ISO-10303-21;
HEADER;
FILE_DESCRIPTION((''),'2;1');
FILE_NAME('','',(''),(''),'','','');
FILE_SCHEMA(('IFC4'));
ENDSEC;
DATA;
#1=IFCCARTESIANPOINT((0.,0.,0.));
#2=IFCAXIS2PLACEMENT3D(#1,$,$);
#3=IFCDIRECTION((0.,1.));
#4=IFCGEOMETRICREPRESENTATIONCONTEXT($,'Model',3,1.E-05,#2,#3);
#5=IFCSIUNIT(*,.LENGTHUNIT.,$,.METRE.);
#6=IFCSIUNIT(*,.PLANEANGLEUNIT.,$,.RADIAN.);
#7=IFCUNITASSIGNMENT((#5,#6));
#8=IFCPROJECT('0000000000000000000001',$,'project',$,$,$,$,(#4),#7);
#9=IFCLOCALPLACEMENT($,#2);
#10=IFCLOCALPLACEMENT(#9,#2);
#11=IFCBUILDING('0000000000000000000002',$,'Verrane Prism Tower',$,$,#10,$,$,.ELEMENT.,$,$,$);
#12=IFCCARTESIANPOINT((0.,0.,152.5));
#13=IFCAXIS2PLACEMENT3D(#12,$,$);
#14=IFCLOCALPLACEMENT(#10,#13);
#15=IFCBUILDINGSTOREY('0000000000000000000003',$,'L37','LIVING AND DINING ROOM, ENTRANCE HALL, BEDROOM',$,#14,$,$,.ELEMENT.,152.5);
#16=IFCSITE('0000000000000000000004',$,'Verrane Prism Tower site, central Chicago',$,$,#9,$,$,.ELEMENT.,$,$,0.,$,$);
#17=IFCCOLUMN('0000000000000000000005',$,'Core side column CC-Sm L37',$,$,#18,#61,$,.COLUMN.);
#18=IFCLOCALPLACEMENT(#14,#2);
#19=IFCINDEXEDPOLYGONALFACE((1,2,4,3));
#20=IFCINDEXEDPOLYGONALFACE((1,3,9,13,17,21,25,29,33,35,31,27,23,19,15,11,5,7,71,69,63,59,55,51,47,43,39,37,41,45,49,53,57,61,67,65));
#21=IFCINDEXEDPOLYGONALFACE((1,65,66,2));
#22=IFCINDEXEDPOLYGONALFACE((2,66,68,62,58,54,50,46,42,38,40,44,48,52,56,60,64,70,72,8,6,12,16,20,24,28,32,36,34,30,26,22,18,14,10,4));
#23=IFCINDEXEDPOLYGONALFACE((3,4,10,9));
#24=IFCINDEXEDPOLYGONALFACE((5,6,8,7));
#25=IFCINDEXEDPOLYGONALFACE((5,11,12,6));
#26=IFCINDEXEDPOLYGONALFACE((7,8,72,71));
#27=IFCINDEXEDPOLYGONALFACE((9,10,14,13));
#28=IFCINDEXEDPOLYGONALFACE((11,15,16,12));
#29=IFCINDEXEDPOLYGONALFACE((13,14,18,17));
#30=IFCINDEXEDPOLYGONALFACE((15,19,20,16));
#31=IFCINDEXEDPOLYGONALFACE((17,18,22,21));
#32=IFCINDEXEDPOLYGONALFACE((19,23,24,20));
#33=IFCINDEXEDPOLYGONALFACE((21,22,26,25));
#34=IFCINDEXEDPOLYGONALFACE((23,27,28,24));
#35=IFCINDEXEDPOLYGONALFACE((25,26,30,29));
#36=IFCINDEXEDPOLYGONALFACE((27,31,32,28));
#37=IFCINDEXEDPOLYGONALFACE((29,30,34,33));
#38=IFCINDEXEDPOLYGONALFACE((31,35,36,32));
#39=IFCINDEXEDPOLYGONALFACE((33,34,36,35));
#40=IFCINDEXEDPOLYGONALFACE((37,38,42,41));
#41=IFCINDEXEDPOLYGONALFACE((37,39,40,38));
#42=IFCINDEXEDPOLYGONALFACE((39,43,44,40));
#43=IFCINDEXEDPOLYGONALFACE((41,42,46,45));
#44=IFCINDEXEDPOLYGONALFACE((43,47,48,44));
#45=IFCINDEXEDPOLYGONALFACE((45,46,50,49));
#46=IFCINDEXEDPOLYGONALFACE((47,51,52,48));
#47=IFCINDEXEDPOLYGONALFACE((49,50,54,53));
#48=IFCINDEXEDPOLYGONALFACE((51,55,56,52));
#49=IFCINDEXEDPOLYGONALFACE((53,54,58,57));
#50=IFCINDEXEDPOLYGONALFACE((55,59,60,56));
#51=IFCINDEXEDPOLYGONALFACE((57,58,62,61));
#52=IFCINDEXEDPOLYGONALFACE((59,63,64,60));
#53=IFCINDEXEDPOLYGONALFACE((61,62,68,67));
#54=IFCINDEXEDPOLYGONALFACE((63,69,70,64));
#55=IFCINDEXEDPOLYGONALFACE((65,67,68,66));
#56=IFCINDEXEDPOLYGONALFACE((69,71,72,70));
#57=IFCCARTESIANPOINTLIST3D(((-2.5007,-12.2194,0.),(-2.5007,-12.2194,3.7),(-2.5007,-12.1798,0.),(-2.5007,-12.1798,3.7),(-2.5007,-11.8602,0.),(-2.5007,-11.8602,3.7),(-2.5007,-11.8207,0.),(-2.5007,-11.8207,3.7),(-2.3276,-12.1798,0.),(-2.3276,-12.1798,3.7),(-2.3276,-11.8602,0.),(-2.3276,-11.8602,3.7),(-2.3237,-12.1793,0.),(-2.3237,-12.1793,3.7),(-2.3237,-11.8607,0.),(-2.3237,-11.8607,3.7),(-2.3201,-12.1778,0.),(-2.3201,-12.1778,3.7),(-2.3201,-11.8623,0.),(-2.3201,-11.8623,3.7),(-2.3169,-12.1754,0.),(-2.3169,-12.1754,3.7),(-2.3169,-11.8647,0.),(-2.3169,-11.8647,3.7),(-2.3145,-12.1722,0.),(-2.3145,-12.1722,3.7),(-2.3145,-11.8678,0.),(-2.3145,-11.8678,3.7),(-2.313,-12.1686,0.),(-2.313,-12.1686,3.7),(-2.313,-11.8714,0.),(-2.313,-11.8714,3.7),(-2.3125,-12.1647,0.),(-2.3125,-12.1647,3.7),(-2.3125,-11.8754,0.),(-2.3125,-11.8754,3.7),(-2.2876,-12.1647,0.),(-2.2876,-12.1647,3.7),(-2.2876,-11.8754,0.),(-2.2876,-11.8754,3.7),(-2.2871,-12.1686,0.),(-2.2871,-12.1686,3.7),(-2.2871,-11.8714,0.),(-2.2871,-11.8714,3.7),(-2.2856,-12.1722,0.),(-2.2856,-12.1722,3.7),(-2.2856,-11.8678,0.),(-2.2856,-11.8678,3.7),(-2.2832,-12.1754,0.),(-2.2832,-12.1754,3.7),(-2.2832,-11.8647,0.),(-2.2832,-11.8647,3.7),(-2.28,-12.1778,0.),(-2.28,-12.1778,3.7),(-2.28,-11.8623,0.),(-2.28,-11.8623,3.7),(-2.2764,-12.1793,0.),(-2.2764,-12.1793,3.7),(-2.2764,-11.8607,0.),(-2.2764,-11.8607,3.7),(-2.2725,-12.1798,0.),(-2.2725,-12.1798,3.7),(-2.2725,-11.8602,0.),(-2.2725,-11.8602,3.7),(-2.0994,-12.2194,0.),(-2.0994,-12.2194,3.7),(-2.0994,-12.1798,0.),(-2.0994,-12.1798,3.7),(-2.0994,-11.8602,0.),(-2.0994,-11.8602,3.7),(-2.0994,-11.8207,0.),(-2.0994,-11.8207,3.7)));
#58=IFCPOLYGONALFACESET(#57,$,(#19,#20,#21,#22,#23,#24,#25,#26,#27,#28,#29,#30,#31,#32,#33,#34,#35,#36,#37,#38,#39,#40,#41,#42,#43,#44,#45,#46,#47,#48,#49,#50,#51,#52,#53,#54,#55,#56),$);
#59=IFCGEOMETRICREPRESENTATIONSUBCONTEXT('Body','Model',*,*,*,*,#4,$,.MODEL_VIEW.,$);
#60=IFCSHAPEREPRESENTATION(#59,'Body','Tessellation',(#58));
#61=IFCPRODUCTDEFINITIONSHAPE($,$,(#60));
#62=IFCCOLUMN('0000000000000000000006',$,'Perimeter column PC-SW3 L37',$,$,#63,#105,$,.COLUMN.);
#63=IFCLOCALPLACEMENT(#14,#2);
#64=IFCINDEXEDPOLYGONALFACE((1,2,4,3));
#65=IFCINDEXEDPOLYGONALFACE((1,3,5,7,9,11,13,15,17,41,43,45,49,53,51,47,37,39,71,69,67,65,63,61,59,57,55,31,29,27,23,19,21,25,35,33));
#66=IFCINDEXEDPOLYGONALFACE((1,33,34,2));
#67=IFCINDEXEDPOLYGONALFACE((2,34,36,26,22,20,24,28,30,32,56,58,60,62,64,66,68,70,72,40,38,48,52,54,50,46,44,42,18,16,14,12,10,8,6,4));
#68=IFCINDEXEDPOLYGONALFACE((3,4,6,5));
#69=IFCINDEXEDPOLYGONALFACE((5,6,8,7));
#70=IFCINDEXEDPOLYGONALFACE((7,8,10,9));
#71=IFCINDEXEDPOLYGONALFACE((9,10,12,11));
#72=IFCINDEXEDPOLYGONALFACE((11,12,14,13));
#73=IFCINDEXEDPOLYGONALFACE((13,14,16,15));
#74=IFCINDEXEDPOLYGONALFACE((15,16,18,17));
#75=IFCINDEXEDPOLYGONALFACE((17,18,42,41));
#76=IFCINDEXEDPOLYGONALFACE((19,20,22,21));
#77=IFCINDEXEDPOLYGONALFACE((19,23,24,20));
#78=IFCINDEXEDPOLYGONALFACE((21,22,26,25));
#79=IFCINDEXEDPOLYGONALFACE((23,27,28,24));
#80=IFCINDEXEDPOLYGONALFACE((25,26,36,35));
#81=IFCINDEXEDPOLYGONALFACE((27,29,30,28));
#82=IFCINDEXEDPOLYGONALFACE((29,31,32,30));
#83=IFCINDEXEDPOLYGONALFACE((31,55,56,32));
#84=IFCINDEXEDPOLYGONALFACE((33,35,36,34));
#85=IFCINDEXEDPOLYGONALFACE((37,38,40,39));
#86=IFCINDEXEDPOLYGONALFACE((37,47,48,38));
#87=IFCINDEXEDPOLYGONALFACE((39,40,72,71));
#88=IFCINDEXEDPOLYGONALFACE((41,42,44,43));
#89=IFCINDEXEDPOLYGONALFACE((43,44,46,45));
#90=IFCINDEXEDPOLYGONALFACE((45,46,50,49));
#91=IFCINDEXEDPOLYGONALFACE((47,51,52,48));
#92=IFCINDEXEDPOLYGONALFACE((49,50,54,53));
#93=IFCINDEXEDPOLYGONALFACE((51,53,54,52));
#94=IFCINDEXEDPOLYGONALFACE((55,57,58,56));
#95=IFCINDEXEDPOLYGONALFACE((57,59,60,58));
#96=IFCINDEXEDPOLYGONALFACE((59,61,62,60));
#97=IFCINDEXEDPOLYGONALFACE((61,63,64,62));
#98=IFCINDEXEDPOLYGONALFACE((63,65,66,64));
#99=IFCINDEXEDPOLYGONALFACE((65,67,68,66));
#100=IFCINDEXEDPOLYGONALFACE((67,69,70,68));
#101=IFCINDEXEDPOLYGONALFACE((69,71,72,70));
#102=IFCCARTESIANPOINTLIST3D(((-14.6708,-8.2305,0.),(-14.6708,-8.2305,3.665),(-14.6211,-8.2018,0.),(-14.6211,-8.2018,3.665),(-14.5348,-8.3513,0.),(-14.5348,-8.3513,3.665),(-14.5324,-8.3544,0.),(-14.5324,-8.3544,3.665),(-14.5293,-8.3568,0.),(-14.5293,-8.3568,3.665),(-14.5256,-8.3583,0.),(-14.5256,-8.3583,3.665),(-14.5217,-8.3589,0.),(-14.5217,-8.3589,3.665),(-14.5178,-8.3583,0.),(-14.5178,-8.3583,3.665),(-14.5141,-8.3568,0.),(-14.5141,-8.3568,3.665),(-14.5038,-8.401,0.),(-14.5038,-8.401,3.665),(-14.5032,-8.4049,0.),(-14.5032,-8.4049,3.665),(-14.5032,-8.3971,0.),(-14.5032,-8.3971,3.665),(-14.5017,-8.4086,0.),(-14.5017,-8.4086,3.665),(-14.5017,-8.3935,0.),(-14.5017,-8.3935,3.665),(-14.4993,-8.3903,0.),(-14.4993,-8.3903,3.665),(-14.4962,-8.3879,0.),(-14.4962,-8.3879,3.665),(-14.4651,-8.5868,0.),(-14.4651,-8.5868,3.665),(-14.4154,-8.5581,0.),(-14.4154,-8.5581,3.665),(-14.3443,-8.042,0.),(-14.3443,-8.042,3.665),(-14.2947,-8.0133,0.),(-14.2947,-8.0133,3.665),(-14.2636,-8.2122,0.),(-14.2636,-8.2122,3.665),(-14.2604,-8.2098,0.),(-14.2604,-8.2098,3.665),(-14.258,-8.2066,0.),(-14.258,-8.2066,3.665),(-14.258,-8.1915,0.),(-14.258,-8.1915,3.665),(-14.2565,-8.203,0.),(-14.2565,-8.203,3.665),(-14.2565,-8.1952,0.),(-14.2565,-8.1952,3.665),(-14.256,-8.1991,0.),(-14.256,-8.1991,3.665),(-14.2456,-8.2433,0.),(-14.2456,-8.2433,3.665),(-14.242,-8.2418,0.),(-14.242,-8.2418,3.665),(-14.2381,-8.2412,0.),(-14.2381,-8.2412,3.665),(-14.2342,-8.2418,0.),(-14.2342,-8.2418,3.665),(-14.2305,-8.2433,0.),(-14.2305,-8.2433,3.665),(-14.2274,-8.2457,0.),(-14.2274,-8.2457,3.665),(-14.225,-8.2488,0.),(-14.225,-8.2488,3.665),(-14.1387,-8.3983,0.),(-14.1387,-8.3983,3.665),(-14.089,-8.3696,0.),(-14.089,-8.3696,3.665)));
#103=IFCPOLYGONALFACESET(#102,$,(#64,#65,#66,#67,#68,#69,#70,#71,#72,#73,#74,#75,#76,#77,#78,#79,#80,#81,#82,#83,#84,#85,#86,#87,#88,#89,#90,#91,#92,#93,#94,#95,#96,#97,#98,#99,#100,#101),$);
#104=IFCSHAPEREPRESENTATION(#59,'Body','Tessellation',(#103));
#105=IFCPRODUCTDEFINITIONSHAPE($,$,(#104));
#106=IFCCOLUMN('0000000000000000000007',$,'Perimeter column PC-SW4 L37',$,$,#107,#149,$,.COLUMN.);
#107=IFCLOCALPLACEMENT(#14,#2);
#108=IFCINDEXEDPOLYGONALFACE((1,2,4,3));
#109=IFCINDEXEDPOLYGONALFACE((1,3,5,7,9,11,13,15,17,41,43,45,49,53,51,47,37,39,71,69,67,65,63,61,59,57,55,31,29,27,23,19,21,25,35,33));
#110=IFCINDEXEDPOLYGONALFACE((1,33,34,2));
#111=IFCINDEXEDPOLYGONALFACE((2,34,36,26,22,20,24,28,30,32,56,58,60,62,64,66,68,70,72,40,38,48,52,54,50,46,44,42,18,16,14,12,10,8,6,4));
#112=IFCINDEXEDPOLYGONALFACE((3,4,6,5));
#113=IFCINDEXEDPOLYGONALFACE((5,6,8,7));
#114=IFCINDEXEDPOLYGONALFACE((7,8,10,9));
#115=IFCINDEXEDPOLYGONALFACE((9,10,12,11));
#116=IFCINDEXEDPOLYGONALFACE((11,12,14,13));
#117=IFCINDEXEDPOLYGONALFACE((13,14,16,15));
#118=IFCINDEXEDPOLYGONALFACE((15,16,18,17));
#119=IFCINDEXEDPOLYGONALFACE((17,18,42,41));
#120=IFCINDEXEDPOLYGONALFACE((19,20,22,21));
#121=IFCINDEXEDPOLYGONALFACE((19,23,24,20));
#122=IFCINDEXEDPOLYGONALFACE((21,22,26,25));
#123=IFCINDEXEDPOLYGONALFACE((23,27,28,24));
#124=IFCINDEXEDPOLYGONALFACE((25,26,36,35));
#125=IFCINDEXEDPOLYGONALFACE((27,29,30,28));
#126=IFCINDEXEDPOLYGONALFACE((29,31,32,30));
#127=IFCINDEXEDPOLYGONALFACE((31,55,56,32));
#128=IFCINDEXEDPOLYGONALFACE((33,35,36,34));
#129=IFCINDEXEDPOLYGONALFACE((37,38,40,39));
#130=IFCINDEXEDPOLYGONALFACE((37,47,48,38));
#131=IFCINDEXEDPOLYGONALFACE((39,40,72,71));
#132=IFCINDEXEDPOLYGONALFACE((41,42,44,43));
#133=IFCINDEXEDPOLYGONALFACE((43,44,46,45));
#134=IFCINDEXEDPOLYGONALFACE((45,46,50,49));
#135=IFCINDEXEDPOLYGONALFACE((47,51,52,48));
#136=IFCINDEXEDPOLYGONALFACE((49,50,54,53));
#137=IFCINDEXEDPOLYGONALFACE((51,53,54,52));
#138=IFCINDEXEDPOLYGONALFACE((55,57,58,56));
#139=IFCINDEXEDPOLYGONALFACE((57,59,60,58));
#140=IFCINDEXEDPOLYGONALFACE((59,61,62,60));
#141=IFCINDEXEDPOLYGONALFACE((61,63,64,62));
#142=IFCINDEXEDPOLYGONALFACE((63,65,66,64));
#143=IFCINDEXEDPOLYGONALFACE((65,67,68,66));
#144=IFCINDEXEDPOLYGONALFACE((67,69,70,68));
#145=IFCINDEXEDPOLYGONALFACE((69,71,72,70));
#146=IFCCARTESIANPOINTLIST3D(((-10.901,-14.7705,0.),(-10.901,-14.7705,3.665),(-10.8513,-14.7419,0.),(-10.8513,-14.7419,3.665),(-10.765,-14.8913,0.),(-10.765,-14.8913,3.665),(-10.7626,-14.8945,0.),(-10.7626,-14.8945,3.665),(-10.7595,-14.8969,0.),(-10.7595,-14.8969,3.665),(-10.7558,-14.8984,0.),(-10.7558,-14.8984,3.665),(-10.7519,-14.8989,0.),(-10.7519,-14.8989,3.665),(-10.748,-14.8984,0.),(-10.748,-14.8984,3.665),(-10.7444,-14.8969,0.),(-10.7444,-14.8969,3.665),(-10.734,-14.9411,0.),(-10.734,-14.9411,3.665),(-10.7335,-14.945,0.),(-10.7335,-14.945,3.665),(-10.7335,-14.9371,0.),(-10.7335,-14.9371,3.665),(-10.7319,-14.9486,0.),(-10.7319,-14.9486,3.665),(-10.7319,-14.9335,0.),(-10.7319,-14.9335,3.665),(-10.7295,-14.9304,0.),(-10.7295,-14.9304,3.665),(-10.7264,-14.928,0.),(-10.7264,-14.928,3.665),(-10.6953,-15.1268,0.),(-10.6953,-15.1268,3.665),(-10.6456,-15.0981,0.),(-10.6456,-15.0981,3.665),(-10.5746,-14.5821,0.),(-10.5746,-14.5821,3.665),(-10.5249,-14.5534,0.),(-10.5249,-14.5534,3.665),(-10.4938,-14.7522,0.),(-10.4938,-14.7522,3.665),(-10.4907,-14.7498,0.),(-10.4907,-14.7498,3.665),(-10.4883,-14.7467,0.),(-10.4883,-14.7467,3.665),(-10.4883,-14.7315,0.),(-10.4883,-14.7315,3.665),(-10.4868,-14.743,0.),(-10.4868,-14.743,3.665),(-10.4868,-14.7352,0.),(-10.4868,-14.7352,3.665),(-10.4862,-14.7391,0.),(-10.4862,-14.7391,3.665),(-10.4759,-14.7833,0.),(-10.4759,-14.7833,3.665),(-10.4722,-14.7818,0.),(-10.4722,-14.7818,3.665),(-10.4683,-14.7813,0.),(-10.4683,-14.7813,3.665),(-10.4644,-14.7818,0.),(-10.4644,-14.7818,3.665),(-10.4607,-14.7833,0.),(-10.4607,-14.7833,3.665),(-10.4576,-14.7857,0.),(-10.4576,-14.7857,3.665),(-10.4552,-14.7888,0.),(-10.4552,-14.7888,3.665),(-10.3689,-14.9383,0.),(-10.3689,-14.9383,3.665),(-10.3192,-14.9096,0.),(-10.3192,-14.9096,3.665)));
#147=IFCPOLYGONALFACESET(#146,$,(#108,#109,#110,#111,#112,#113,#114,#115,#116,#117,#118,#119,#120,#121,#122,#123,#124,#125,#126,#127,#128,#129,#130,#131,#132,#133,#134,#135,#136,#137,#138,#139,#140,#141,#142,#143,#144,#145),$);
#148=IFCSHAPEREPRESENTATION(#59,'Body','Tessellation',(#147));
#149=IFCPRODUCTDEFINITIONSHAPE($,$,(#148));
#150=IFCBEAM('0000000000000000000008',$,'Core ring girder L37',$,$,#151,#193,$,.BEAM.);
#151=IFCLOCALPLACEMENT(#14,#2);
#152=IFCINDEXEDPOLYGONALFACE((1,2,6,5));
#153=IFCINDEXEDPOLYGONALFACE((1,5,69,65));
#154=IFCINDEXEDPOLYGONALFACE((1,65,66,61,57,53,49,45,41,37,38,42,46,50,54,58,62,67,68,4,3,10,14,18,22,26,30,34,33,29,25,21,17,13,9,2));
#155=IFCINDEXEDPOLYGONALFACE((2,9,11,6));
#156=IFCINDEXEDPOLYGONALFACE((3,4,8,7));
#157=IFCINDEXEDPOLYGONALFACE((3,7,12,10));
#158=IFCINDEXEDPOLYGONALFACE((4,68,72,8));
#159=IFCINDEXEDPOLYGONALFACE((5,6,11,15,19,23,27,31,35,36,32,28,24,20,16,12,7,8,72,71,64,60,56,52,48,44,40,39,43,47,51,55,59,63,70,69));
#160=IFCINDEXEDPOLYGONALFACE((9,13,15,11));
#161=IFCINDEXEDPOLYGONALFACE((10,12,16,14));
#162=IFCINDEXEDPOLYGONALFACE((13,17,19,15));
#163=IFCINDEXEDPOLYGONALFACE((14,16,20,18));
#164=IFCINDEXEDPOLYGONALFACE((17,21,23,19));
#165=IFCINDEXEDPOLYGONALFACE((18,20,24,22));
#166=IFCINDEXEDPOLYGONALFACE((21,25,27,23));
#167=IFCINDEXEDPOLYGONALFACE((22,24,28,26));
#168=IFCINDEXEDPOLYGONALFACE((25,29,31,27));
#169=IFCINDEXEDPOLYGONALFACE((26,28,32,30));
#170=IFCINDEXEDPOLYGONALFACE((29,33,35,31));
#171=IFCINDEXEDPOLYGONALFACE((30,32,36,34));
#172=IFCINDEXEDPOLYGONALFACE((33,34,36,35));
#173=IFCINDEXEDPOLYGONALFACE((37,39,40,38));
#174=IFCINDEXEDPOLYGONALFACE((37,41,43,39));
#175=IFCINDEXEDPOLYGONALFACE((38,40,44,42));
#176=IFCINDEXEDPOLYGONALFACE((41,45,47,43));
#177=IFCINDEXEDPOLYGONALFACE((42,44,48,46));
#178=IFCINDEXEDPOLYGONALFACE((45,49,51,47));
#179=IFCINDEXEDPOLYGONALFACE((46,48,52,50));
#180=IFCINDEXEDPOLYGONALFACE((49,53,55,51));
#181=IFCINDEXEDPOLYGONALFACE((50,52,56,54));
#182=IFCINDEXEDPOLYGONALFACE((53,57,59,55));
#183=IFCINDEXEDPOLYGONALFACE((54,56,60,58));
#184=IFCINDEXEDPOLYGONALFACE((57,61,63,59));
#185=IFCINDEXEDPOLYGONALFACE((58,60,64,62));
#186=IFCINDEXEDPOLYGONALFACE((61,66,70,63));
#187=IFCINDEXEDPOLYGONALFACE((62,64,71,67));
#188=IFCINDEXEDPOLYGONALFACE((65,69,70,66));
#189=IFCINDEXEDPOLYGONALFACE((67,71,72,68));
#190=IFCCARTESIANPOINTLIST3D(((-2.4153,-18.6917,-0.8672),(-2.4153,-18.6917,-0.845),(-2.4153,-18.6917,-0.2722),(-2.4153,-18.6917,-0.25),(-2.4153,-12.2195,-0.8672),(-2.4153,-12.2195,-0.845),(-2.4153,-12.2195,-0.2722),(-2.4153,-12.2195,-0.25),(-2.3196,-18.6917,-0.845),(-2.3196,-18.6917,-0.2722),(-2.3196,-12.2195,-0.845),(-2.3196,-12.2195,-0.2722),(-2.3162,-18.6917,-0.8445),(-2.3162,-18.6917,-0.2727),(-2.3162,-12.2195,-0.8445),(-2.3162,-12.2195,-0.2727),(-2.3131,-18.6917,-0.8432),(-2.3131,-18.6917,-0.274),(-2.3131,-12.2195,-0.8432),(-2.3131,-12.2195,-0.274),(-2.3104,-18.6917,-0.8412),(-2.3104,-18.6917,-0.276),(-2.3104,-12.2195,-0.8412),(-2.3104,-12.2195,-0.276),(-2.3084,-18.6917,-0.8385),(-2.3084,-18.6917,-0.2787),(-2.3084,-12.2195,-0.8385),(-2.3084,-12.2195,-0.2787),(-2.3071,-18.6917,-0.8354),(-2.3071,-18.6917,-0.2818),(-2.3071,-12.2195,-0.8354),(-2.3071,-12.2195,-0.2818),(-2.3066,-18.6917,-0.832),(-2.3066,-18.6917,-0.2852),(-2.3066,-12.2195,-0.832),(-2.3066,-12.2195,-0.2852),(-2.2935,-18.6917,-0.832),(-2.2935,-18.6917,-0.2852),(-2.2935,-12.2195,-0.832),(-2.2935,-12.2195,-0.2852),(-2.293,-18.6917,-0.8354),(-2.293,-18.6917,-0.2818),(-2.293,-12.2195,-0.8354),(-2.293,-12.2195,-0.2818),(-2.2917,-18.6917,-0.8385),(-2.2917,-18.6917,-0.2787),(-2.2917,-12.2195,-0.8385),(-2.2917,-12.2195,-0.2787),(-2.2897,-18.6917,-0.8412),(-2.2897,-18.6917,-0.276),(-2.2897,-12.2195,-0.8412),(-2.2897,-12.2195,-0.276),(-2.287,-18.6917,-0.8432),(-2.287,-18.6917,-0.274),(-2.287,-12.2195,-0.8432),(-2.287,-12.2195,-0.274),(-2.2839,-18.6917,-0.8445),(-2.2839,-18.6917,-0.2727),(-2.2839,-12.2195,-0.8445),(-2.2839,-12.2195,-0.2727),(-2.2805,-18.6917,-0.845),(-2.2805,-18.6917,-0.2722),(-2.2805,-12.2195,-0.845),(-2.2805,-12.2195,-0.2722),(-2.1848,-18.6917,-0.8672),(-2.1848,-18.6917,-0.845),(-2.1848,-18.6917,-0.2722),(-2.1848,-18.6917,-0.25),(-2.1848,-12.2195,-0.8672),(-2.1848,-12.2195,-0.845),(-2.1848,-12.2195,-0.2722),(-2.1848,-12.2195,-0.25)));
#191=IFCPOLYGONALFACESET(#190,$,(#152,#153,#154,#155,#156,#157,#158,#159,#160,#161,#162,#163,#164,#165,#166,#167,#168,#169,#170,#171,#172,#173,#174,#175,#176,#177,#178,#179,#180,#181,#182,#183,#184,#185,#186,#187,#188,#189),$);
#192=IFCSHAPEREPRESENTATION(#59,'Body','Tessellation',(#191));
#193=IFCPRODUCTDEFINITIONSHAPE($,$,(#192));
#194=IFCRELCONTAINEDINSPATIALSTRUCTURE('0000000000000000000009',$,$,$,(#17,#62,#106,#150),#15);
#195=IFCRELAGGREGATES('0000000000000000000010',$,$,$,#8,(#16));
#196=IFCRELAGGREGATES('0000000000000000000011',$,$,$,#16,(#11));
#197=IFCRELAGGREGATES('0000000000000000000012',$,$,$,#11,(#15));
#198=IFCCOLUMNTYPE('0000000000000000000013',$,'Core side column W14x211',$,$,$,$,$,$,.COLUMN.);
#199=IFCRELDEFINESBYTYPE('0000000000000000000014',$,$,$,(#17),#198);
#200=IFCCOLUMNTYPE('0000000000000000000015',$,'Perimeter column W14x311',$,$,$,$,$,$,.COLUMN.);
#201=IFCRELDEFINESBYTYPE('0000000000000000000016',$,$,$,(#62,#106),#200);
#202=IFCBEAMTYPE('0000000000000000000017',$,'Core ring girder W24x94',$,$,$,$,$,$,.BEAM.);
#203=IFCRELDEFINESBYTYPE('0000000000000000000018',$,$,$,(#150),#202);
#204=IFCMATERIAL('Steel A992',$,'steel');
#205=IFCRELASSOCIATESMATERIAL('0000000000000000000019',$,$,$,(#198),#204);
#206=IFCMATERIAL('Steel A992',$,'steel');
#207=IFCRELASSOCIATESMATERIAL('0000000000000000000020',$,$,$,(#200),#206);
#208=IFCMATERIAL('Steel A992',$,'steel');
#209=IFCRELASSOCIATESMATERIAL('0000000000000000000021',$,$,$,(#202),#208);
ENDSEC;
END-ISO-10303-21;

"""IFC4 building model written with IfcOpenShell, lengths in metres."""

from ifc_helpers import new_model, si_unit, direction, frame, origin, origin_2d, place, context, subcontext, project, spatial, i_section, extrude, material, material_profile, profile_set, type_object, element, save


model = new_model("IFC4")

# Units and contexts
model_context = context("Model", 3, precision=1e-05, world=origin(), true_north=direction((0.0, 1.0)))
body_context = subcontext(model_context, "Body", "Model", "MODEL_VIEW")
ifc_project = project(units=[si_unit("LENGTHUNIT", "METRE"), si_unit("PLANEANGLEUNIT", "RADIAN")], contexts=[model_context])

# Site, building, storey
site_placement = place(None, origin())
site = spatial("IfcSite", under=ifc_project, at=site_placement, Name="Verrane Prism Tower site, central Chicago", CompositionType="ELEMENT", RefElevation=0.0)
building_placement = place(site_placement, origin())
building = spatial("IfcBuilding", under=site, at=building_placement, Name="Verrane Prism Tower", CompositionType="ELEMENT")
storey_placement = place(building_placement, frame((0.0, 0.0, 152.5)))
storey = spatial("IfcBuildingStorey", under=building, at=storey_placement, Name="L37", Description="LIVING AND DINING ROOM, ENTRANCE HALL, BEDROOM", CompositionType="ELEMENT", Elevation=152.5)

# Columns
ifc_material_1 = material(Name="Steel A992", Category="steel")
ifc_material_profile_1 = material_profile(ifc_material_1, i_section(OverallWidth=0.4014, OverallDepth=0.3987, WebThickness=0.0249, FlangeThickness=0.0396, FilletRadius=0.0151, at=origin_2d()), Name="W14x211")
ifc_profile_set_1 = profile_set([ifc_material_profile_1], Name="Steel A992")
column_type_1 = type_object("IfcColumnType", Name="Core side column W14x211", PredefinedType="COLUMN", material=ifc_profile_set_1)
column_placement = place(storey_placement, frame((-2.3, -12.02, 0.0), z_axis=(0.0, 0.0, 1.0), x_axis=(1.0, 0.0, 0.0)))
element("IfcColumn", 1, at=column_placement, inside=storey, type_object=column_type_1, Name="Core side column CC-Sm L37", PredefinedType="COLUMN", context=body_context, shape_type="SweptSolid", body=[
    extrude(i_section(OverallWidth=0.4014, OverallDepth=0.3987, WebThickness=0.0249, FlangeThickness=0.0396, FilletRadius=0.0151, at=origin_2d()), origin(), (0.0, 0.0, 1.0), 3.7),
])
ifc_material_2 = material(Name="Steel A992", Category="steel")
ifc_material_profile_2 = material_profile(ifc_material_2, i_section(OverallWidth=0.4114, OverallDepth=0.4343, WebThickness=0.0359, FlangeThickness=0.0574, FilletRadius=0.0151, at=origin_2d()), Name="W14x311")
ifc_profile_set_2 = profile_set([ifc_material_profile_2], Name="Steel A992")
column_type_2 = type_object("IfcColumnType", Name="Perimeter column W14x311", PredefinedType="COLUMN", material=ifc_profile_set_2)
for number, where, z_axis, x_axis, name in (
    (2, (-14.3799, -8.3, 0.0), (0.0, 0.0, 1.0), (-0.5, 0.866025, 0.0), "Perimeter column PC-SW3 L37"),
    (3, (-10.6101, -14.8401, 0.0), (0.0, 0.0, 1.0), (-0.5, 0.866025, 0.0), "Perimeter column PC-SW4 L37"),
):
    element("IfcColumn", number, at=place(storey_placement, frame(where, z_axis=z_axis, x_axis=x_axis)), inside=storey, type_object=column_type_2, Name=name, PredefinedType="COLUMN", context=body_context, shape_type="SweptSolid", body=[
        extrude(i_section(OverallWidth=0.4114, OverallDepth=0.4343, WebThickness=0.0359, FlangeThickness=0.0574, FilletRadius=0.0151, at=origin_2d()), origin(), (0.0, 0.0, 1.0), 3.665),
    ])

# Beam
ifc_material_3 = material(Name="Steel A992", Category="steel")
ifc_material_profile_3 = material_profile(ifc_material_3, i_section(OverallWidth=0.2305, OverallDepth=0.6172, WebThickness=0.0132, FlangeThickness=0.0222, FilletRadius=0.0129, at=origin_2d()), Name="W24x94")
ifc_profile_set_3 = profile_set([ifc_material_profile_3], Name="Steel A992")
beam_type_1 = type_object("IfcBeamType", Name="Core ring girder W24x94", PredefinedType="BEAM", material=ifc_profile_set_3)
beam_1_placement = place(storey_placement, frame((-2.3, -12.2195, -0.5586), z_axis=(0.0, -1.0, 0.0), x_axis=(1.0, 0.0, 0.0)))
element("IfcBeam", 4, at=beam_1_placement, inside=storey, type_object=beam_type_1, Name="Core ring girder L37", PredefinedType="BEAM", context=body_context, shape_type="SweptSolid", body=[
    extrude(i_section(OverallWidth=0.2305, OverallDepth=0.6172, WebThickness=0.0132, FlangeThickness=0.0222, FilletRadius=0.0129, at=origin_2d()), origin(), (0.0, 0.0, 1.0), 6.4722),
])

save(model, "model.ifc")
